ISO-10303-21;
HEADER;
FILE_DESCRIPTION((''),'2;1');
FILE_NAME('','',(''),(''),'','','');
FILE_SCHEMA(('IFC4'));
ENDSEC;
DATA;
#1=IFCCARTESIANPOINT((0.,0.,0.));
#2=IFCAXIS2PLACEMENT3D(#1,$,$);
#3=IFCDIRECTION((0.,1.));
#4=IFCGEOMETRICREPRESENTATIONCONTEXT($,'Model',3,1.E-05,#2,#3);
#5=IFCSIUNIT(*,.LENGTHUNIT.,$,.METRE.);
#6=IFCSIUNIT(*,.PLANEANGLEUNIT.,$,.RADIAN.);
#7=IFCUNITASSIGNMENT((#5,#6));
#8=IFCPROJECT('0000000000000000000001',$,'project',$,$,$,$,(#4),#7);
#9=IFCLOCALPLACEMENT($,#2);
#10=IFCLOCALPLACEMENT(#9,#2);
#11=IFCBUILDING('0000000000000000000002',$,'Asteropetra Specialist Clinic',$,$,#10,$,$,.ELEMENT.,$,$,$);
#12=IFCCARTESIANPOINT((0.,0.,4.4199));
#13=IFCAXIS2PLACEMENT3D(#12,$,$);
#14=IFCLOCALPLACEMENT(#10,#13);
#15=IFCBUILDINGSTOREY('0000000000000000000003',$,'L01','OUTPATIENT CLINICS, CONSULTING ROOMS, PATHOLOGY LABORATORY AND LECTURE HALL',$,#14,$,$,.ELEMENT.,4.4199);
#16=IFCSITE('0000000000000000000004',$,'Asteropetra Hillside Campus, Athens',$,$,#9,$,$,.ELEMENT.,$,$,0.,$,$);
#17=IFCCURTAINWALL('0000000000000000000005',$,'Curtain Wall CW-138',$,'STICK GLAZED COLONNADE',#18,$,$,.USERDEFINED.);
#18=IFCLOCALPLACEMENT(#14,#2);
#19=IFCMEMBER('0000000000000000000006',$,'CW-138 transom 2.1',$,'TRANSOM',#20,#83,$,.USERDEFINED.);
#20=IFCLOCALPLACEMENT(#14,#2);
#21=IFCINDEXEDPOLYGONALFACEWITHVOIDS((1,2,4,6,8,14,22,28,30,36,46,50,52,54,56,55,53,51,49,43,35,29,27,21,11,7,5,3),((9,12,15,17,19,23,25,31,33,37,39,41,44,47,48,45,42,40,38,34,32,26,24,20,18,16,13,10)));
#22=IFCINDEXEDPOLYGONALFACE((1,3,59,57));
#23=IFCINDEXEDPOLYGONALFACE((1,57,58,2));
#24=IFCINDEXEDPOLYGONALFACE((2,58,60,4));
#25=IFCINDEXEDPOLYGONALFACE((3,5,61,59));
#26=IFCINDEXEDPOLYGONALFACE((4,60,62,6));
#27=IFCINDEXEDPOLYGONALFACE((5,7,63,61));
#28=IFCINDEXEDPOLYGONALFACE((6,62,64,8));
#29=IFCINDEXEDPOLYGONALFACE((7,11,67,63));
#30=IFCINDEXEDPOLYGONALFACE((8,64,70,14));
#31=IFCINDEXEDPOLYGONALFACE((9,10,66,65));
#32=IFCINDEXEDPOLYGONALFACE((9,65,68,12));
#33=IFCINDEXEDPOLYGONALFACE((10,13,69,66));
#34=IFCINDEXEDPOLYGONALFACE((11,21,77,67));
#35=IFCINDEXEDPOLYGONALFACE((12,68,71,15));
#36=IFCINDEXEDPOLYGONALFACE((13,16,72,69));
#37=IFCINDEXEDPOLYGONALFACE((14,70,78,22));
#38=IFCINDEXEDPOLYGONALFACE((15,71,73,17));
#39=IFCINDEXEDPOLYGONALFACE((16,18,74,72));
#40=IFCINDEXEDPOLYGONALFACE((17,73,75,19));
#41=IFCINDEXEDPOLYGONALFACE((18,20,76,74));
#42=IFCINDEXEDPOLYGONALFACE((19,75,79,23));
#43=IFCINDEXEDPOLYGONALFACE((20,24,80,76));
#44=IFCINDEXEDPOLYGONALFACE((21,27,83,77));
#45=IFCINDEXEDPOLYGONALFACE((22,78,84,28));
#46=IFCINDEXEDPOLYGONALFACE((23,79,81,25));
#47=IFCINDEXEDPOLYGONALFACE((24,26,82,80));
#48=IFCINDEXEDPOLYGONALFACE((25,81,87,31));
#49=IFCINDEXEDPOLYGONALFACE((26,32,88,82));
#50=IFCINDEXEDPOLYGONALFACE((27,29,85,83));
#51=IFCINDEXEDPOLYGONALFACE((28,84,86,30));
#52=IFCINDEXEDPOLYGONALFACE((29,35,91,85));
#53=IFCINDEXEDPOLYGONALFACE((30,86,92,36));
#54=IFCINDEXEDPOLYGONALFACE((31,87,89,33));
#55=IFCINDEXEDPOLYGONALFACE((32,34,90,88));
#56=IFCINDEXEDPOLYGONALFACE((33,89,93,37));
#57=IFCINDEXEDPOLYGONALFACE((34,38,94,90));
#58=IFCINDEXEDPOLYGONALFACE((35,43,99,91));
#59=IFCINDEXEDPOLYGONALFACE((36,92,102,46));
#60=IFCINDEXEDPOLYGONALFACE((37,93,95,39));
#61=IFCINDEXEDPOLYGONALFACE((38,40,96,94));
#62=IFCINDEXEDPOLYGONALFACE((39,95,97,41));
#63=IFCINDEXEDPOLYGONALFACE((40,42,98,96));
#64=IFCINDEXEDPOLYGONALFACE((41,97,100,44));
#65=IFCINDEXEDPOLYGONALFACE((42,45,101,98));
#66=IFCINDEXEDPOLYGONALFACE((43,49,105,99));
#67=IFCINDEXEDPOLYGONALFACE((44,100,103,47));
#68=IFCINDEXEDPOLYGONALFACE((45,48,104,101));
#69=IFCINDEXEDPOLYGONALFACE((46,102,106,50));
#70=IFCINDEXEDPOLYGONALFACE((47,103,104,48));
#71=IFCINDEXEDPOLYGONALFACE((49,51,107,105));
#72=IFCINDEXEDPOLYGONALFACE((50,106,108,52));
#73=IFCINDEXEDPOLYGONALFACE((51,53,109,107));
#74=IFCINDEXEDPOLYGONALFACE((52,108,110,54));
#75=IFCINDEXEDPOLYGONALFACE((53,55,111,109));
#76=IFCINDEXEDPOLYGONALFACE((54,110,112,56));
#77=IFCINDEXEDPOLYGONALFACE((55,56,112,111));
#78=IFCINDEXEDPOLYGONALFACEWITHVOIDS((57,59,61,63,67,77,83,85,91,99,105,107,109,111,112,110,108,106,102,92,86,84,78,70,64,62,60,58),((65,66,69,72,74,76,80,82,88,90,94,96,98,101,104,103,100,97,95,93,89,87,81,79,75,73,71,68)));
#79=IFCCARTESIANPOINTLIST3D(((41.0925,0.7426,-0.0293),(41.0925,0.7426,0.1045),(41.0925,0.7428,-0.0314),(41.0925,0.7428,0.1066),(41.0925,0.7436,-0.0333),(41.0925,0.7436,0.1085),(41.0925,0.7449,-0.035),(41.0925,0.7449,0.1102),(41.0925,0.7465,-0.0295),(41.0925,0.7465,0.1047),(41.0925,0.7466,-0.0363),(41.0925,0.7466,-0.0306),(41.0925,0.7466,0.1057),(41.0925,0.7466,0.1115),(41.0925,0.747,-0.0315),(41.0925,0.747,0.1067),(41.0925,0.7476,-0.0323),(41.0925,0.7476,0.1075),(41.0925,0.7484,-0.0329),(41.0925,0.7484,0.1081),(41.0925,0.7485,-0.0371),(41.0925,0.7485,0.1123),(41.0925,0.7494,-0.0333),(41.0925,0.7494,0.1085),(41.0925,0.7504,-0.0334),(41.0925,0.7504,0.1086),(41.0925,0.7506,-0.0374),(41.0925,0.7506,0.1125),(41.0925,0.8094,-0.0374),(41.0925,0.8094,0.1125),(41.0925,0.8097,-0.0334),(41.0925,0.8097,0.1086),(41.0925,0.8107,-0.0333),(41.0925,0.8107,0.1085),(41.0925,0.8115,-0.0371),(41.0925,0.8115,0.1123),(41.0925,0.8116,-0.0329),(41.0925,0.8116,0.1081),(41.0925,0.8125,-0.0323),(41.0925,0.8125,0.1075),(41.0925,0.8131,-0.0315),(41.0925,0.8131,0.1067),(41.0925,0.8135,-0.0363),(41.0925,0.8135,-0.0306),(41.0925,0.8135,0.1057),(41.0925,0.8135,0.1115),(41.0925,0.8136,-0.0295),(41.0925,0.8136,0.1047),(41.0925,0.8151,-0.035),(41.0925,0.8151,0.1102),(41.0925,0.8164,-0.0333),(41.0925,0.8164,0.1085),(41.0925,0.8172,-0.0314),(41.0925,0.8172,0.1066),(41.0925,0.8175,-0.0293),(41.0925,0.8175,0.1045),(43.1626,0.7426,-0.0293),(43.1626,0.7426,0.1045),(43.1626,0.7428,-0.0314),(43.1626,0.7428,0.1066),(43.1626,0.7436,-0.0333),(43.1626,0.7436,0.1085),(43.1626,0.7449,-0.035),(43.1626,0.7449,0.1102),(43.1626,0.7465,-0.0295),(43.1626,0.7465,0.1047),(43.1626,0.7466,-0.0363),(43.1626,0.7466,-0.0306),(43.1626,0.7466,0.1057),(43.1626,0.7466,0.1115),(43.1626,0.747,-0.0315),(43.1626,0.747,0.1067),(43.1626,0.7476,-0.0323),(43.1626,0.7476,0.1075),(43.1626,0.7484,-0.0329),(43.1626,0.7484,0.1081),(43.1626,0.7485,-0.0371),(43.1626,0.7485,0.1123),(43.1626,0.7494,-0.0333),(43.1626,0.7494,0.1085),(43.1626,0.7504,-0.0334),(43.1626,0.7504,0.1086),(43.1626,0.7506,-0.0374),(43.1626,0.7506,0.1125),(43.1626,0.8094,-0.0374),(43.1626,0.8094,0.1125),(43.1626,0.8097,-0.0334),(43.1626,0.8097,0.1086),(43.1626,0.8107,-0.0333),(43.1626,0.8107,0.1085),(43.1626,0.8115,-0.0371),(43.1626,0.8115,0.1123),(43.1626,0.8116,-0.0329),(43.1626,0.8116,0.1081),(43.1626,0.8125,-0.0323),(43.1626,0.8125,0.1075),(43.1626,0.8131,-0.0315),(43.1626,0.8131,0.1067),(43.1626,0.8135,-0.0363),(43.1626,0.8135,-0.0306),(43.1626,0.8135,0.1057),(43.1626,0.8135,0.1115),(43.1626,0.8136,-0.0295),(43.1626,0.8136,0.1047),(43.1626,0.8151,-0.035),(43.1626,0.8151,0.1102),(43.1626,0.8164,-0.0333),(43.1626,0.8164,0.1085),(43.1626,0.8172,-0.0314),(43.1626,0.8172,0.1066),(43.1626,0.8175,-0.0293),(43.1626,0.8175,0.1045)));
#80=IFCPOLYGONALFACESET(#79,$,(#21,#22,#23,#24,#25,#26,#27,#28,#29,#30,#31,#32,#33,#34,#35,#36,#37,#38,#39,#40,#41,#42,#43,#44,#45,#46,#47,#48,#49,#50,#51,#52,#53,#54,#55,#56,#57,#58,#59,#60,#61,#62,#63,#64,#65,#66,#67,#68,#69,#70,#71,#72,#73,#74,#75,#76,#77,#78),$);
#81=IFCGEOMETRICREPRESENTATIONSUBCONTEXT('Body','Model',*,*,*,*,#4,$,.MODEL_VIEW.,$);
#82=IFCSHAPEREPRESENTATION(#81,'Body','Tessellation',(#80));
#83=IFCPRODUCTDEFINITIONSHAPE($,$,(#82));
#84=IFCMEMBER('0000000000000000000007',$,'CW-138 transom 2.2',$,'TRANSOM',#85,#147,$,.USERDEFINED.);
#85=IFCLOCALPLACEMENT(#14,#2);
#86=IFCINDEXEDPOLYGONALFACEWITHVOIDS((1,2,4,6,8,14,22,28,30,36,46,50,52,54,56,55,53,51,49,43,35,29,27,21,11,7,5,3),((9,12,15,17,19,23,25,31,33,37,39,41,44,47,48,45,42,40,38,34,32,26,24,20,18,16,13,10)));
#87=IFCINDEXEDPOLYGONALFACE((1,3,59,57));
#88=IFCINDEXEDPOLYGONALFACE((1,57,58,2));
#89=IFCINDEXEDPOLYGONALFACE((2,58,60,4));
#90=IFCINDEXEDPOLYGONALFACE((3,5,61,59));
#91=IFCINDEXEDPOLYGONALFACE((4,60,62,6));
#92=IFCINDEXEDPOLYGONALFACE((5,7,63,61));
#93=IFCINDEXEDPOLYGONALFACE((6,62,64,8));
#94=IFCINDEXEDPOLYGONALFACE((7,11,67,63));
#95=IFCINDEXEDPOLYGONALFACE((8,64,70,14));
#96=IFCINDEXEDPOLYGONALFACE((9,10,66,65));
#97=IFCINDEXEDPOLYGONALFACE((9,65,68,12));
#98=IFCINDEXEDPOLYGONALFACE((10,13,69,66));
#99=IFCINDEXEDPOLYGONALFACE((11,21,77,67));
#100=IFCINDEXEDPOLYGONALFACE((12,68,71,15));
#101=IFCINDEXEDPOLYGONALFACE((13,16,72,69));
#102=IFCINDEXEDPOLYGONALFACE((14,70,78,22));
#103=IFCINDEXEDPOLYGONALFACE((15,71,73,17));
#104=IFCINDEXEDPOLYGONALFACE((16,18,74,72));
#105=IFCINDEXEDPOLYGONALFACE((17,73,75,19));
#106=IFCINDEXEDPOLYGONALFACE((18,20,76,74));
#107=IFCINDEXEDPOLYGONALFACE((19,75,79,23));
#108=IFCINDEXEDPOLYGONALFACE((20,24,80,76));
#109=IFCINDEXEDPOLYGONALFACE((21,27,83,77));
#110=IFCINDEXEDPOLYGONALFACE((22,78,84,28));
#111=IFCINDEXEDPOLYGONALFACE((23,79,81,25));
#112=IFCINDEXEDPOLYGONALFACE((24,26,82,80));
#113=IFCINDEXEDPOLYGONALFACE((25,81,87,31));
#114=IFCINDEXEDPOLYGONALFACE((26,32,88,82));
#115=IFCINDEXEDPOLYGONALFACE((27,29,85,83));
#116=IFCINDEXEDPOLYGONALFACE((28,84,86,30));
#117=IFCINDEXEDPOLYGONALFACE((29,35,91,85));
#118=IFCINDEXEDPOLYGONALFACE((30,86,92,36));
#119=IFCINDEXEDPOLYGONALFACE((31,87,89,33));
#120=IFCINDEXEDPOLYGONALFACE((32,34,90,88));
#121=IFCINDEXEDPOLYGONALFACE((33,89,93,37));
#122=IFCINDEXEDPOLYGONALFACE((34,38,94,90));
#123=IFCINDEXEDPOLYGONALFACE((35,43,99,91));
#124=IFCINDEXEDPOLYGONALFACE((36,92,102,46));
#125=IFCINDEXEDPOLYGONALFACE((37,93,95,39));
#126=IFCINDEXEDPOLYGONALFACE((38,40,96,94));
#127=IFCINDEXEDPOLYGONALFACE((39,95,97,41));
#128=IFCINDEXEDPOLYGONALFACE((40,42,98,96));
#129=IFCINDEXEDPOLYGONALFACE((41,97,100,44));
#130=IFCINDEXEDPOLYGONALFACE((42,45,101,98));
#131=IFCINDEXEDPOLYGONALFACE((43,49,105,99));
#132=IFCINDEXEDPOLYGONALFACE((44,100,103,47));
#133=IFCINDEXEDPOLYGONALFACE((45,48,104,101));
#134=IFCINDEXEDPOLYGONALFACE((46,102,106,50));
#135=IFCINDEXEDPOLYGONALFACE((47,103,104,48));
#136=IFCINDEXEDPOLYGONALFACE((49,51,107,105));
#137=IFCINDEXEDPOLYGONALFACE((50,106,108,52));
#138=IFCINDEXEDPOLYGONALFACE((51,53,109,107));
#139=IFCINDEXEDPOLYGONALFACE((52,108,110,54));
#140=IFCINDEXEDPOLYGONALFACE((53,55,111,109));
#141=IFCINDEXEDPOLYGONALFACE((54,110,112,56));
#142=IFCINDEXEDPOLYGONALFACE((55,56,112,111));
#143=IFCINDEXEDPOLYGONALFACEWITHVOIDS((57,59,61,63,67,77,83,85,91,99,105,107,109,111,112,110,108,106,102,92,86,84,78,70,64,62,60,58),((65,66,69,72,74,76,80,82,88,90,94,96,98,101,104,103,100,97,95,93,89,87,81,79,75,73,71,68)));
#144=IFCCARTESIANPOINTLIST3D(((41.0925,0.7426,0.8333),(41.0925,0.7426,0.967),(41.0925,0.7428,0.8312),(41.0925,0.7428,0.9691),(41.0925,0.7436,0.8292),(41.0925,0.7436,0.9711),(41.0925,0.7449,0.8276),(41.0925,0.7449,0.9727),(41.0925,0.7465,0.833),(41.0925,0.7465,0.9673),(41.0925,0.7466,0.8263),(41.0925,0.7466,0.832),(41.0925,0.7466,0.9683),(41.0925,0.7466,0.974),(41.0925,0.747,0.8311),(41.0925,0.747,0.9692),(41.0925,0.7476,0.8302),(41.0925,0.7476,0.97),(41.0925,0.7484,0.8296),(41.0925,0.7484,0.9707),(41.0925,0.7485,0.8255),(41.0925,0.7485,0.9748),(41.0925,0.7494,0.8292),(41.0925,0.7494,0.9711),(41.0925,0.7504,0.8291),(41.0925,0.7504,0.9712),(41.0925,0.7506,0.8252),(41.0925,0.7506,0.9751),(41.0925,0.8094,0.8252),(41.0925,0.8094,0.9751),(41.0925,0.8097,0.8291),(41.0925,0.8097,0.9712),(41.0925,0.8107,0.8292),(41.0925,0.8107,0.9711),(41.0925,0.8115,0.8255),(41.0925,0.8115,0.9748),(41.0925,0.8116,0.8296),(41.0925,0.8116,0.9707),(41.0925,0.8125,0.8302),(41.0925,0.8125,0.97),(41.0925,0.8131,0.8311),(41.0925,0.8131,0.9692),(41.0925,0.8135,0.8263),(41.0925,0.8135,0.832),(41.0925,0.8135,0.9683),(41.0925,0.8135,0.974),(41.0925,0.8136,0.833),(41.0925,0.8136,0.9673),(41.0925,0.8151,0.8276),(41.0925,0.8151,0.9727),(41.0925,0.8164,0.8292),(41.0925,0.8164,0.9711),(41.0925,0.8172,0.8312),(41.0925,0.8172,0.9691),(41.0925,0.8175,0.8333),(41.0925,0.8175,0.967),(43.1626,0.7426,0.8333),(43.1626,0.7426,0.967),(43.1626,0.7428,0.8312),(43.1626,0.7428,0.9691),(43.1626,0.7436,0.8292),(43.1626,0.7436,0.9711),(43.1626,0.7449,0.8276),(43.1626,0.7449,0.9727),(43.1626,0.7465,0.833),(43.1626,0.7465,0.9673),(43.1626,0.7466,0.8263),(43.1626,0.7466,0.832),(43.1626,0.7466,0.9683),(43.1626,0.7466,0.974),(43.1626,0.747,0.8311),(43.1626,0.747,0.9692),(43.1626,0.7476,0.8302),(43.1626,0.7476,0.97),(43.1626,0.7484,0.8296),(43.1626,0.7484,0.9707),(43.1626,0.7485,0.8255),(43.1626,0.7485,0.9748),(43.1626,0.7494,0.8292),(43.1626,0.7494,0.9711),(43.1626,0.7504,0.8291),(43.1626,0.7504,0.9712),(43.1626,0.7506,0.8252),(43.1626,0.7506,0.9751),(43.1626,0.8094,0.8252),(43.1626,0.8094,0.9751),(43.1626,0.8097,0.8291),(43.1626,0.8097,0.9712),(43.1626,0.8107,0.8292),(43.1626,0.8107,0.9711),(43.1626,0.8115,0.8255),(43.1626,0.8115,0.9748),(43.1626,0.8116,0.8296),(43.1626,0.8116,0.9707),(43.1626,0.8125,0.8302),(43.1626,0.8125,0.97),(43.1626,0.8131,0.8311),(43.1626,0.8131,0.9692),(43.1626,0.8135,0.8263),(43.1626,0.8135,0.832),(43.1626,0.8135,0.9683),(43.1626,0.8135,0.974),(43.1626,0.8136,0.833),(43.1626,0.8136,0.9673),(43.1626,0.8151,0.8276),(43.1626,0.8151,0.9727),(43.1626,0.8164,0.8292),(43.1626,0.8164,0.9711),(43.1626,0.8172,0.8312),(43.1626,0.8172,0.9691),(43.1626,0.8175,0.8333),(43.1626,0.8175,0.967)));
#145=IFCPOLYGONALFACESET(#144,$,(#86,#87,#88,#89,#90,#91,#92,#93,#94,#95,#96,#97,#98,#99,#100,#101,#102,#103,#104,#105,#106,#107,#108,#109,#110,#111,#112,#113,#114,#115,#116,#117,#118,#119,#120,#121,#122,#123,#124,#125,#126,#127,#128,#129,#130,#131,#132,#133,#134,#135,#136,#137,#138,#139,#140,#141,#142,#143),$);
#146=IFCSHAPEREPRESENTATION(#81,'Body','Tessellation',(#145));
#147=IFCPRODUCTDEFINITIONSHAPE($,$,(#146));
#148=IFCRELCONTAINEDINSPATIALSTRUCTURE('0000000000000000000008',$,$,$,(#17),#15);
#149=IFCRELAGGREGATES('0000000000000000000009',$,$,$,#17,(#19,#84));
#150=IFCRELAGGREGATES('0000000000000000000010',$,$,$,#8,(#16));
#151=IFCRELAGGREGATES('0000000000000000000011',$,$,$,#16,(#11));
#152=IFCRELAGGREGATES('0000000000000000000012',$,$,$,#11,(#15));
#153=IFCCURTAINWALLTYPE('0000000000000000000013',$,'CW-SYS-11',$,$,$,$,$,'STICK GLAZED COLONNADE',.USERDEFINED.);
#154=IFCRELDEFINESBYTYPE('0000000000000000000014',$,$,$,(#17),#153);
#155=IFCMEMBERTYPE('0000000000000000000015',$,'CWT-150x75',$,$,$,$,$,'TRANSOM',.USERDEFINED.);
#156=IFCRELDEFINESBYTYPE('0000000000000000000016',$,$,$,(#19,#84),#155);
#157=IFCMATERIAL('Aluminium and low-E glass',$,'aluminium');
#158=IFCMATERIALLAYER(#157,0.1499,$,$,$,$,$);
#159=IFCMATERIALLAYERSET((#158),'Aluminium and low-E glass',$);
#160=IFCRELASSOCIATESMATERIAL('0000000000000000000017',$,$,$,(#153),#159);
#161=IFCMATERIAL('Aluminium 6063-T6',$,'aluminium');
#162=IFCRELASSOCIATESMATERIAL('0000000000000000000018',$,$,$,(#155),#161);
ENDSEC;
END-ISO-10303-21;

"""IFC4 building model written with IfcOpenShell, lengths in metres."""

from ifc_helpers import new_model, si_unit, direction, frame, origin, origin_2d, place, context, subcontext, project, spatial, hollow_rectangle, extrude, material, layer, layer_set, material_profile, profile_set, type_object, element, aggregate, save


model = new_model("IFC4")

# Units and contexts
model_context = context("Model", 3, precision=1e-05, world=origin(), true_north=direction((0.0, 1.0)))
body_context = subcontext(model_context, "Body", "Model", "MODEL_VIEW")
ifc_project = project(units=[si_unit("LENGTHUNIT", "METRE"), si_unit("PLANEANGLEUNIT", "RADIAN")], contexts=[model_context])

# Site, building, storey
site_placement = place(None, origin())
site = spatial("IfcSite", under=ifc_project, at=site_placement, Name="Asteropetra Hillside Campus, Athens", CompositionType="ELEMENT", RefElevation=0.0)
building_placement = place(site_placement, origin())
building = spatial("IfcBuilding", under=site, at=building_placement, Name="Asteropetra Specialist Clinic", CompositionType="ELEMENT")
storey_placement = place(building_placement, frame((0.0, 0.0, 4.4199)))
storey = spatial("IfcBuildingStorey", under=building, at=storey_placement, Name="L01", Description="OUTPATIENT CLINICS, CONSULTING ROOMS, PATHOLOGY LABORATORY AND LECTURE HALL", CompositionType="ELEMENT", Elevation=4.4199)

# Curtain wall, members
ifc_material_1 = material(Name="Aluminium and low-E glass", Category="aluminium")
ifc_layer_1 = layer(ifc_material_1, 0.1499)
ifc_layer_set_1 = layer_set([ifc_layer_1], Name="Aluminium and low-E glass")
curtain_wall_type_1 = type_object("IfcCurtainWallType", Name="CW-SYS-11", ElementType="STICK GLAZED COLONNADE", PredefinedType="USERDEFINED", material=ifc_layer_set_1)
curtain_wall_1_placement = place(storey_placement, origin())
curtain_wall_1 = element("IfcCurtainWall", 1, at=curtain_wall_1_placement, inside=storey, type_object=curtain_wall_type_1, Name="Curtain Wall CW-138", ObjectType="STICK GLAZED COLONNADE", PredefinedType="USERDEFINED")
ifc_material_2 = material(Name="Aluminium 6063-T6", Category="aluminium")
ifc_material_profile_1 = material_profile(ifc_material_2, hollow_rectangle(XDim=0.075, YDim=0.1499, WallThickness=0.0039, InnerFilletRadius=0.0039, OuterFilletRadius=0.0081, at=origin_2d()), Name="TRN 150x75x4.0")
ifc_profile_set_1 = profile_set([ifc_material_profile_1], Name="Aluminium 6063-T6")
member_type_1 = type_object("IfcMemberType", Name="CWT-150x75", ElementType="TRANSOM", PredefinedType="USERDEFINED", material=ifc_profile_set_1)
member_1_placement = place(storey_placement, frame((41.0925, 0.78, 0.0376), z_axis=(1.0, 0.0, 0.0), x_axis=(0.0, 1.0, 0.0)))
member_1 = element("IfcMember", 2, at=member_1_placement, type_object=member_type_1, Name="CW-138 transom 2.1", ObjectType="TRANSOM", PredefinedType="USERDEFINED", context=body_context, shape_type="SweptSolid", body=[
    extrude(hollow_rectangle(XDim=0.075, YDim=0.1499, WallThickness=0.0039, InnerFilletRadius=0.0039, OuterFilletRadius=0.0081, at=origin_2d()), origin(), (0.0, 0.0, 1.0), 2.0701),
])
member_2_placement = place(storey_placement, frame((41.0925, 0.78, 0.9001), z_axis=(1.0, 0.0, 0.0), x_axis=(0.0, 1.0, 0.0)))
member_2 = element("IfcMember", 3, at=member_2_placement, type_object=member_type_1, Name="CW-138 transom 2.2", ObjectType="TRANSOM", PredefinedType="USERDEFINED", context=body_context, shape_type="SweptSolid", body=[
    extrude(hollow_rectangle(XDim=0.075, YDim=0.1499, WallThickness=0.0039, InnerFilletRadius=0.0039, OuterFilletRadius=0.0081, at=origin_2d()), origin(), (0.0, 0.0, 1.0), 2.0701),
])

aggregate(curtain_wall_1, [member_1, member_2])

save(model, "model.ifc")
